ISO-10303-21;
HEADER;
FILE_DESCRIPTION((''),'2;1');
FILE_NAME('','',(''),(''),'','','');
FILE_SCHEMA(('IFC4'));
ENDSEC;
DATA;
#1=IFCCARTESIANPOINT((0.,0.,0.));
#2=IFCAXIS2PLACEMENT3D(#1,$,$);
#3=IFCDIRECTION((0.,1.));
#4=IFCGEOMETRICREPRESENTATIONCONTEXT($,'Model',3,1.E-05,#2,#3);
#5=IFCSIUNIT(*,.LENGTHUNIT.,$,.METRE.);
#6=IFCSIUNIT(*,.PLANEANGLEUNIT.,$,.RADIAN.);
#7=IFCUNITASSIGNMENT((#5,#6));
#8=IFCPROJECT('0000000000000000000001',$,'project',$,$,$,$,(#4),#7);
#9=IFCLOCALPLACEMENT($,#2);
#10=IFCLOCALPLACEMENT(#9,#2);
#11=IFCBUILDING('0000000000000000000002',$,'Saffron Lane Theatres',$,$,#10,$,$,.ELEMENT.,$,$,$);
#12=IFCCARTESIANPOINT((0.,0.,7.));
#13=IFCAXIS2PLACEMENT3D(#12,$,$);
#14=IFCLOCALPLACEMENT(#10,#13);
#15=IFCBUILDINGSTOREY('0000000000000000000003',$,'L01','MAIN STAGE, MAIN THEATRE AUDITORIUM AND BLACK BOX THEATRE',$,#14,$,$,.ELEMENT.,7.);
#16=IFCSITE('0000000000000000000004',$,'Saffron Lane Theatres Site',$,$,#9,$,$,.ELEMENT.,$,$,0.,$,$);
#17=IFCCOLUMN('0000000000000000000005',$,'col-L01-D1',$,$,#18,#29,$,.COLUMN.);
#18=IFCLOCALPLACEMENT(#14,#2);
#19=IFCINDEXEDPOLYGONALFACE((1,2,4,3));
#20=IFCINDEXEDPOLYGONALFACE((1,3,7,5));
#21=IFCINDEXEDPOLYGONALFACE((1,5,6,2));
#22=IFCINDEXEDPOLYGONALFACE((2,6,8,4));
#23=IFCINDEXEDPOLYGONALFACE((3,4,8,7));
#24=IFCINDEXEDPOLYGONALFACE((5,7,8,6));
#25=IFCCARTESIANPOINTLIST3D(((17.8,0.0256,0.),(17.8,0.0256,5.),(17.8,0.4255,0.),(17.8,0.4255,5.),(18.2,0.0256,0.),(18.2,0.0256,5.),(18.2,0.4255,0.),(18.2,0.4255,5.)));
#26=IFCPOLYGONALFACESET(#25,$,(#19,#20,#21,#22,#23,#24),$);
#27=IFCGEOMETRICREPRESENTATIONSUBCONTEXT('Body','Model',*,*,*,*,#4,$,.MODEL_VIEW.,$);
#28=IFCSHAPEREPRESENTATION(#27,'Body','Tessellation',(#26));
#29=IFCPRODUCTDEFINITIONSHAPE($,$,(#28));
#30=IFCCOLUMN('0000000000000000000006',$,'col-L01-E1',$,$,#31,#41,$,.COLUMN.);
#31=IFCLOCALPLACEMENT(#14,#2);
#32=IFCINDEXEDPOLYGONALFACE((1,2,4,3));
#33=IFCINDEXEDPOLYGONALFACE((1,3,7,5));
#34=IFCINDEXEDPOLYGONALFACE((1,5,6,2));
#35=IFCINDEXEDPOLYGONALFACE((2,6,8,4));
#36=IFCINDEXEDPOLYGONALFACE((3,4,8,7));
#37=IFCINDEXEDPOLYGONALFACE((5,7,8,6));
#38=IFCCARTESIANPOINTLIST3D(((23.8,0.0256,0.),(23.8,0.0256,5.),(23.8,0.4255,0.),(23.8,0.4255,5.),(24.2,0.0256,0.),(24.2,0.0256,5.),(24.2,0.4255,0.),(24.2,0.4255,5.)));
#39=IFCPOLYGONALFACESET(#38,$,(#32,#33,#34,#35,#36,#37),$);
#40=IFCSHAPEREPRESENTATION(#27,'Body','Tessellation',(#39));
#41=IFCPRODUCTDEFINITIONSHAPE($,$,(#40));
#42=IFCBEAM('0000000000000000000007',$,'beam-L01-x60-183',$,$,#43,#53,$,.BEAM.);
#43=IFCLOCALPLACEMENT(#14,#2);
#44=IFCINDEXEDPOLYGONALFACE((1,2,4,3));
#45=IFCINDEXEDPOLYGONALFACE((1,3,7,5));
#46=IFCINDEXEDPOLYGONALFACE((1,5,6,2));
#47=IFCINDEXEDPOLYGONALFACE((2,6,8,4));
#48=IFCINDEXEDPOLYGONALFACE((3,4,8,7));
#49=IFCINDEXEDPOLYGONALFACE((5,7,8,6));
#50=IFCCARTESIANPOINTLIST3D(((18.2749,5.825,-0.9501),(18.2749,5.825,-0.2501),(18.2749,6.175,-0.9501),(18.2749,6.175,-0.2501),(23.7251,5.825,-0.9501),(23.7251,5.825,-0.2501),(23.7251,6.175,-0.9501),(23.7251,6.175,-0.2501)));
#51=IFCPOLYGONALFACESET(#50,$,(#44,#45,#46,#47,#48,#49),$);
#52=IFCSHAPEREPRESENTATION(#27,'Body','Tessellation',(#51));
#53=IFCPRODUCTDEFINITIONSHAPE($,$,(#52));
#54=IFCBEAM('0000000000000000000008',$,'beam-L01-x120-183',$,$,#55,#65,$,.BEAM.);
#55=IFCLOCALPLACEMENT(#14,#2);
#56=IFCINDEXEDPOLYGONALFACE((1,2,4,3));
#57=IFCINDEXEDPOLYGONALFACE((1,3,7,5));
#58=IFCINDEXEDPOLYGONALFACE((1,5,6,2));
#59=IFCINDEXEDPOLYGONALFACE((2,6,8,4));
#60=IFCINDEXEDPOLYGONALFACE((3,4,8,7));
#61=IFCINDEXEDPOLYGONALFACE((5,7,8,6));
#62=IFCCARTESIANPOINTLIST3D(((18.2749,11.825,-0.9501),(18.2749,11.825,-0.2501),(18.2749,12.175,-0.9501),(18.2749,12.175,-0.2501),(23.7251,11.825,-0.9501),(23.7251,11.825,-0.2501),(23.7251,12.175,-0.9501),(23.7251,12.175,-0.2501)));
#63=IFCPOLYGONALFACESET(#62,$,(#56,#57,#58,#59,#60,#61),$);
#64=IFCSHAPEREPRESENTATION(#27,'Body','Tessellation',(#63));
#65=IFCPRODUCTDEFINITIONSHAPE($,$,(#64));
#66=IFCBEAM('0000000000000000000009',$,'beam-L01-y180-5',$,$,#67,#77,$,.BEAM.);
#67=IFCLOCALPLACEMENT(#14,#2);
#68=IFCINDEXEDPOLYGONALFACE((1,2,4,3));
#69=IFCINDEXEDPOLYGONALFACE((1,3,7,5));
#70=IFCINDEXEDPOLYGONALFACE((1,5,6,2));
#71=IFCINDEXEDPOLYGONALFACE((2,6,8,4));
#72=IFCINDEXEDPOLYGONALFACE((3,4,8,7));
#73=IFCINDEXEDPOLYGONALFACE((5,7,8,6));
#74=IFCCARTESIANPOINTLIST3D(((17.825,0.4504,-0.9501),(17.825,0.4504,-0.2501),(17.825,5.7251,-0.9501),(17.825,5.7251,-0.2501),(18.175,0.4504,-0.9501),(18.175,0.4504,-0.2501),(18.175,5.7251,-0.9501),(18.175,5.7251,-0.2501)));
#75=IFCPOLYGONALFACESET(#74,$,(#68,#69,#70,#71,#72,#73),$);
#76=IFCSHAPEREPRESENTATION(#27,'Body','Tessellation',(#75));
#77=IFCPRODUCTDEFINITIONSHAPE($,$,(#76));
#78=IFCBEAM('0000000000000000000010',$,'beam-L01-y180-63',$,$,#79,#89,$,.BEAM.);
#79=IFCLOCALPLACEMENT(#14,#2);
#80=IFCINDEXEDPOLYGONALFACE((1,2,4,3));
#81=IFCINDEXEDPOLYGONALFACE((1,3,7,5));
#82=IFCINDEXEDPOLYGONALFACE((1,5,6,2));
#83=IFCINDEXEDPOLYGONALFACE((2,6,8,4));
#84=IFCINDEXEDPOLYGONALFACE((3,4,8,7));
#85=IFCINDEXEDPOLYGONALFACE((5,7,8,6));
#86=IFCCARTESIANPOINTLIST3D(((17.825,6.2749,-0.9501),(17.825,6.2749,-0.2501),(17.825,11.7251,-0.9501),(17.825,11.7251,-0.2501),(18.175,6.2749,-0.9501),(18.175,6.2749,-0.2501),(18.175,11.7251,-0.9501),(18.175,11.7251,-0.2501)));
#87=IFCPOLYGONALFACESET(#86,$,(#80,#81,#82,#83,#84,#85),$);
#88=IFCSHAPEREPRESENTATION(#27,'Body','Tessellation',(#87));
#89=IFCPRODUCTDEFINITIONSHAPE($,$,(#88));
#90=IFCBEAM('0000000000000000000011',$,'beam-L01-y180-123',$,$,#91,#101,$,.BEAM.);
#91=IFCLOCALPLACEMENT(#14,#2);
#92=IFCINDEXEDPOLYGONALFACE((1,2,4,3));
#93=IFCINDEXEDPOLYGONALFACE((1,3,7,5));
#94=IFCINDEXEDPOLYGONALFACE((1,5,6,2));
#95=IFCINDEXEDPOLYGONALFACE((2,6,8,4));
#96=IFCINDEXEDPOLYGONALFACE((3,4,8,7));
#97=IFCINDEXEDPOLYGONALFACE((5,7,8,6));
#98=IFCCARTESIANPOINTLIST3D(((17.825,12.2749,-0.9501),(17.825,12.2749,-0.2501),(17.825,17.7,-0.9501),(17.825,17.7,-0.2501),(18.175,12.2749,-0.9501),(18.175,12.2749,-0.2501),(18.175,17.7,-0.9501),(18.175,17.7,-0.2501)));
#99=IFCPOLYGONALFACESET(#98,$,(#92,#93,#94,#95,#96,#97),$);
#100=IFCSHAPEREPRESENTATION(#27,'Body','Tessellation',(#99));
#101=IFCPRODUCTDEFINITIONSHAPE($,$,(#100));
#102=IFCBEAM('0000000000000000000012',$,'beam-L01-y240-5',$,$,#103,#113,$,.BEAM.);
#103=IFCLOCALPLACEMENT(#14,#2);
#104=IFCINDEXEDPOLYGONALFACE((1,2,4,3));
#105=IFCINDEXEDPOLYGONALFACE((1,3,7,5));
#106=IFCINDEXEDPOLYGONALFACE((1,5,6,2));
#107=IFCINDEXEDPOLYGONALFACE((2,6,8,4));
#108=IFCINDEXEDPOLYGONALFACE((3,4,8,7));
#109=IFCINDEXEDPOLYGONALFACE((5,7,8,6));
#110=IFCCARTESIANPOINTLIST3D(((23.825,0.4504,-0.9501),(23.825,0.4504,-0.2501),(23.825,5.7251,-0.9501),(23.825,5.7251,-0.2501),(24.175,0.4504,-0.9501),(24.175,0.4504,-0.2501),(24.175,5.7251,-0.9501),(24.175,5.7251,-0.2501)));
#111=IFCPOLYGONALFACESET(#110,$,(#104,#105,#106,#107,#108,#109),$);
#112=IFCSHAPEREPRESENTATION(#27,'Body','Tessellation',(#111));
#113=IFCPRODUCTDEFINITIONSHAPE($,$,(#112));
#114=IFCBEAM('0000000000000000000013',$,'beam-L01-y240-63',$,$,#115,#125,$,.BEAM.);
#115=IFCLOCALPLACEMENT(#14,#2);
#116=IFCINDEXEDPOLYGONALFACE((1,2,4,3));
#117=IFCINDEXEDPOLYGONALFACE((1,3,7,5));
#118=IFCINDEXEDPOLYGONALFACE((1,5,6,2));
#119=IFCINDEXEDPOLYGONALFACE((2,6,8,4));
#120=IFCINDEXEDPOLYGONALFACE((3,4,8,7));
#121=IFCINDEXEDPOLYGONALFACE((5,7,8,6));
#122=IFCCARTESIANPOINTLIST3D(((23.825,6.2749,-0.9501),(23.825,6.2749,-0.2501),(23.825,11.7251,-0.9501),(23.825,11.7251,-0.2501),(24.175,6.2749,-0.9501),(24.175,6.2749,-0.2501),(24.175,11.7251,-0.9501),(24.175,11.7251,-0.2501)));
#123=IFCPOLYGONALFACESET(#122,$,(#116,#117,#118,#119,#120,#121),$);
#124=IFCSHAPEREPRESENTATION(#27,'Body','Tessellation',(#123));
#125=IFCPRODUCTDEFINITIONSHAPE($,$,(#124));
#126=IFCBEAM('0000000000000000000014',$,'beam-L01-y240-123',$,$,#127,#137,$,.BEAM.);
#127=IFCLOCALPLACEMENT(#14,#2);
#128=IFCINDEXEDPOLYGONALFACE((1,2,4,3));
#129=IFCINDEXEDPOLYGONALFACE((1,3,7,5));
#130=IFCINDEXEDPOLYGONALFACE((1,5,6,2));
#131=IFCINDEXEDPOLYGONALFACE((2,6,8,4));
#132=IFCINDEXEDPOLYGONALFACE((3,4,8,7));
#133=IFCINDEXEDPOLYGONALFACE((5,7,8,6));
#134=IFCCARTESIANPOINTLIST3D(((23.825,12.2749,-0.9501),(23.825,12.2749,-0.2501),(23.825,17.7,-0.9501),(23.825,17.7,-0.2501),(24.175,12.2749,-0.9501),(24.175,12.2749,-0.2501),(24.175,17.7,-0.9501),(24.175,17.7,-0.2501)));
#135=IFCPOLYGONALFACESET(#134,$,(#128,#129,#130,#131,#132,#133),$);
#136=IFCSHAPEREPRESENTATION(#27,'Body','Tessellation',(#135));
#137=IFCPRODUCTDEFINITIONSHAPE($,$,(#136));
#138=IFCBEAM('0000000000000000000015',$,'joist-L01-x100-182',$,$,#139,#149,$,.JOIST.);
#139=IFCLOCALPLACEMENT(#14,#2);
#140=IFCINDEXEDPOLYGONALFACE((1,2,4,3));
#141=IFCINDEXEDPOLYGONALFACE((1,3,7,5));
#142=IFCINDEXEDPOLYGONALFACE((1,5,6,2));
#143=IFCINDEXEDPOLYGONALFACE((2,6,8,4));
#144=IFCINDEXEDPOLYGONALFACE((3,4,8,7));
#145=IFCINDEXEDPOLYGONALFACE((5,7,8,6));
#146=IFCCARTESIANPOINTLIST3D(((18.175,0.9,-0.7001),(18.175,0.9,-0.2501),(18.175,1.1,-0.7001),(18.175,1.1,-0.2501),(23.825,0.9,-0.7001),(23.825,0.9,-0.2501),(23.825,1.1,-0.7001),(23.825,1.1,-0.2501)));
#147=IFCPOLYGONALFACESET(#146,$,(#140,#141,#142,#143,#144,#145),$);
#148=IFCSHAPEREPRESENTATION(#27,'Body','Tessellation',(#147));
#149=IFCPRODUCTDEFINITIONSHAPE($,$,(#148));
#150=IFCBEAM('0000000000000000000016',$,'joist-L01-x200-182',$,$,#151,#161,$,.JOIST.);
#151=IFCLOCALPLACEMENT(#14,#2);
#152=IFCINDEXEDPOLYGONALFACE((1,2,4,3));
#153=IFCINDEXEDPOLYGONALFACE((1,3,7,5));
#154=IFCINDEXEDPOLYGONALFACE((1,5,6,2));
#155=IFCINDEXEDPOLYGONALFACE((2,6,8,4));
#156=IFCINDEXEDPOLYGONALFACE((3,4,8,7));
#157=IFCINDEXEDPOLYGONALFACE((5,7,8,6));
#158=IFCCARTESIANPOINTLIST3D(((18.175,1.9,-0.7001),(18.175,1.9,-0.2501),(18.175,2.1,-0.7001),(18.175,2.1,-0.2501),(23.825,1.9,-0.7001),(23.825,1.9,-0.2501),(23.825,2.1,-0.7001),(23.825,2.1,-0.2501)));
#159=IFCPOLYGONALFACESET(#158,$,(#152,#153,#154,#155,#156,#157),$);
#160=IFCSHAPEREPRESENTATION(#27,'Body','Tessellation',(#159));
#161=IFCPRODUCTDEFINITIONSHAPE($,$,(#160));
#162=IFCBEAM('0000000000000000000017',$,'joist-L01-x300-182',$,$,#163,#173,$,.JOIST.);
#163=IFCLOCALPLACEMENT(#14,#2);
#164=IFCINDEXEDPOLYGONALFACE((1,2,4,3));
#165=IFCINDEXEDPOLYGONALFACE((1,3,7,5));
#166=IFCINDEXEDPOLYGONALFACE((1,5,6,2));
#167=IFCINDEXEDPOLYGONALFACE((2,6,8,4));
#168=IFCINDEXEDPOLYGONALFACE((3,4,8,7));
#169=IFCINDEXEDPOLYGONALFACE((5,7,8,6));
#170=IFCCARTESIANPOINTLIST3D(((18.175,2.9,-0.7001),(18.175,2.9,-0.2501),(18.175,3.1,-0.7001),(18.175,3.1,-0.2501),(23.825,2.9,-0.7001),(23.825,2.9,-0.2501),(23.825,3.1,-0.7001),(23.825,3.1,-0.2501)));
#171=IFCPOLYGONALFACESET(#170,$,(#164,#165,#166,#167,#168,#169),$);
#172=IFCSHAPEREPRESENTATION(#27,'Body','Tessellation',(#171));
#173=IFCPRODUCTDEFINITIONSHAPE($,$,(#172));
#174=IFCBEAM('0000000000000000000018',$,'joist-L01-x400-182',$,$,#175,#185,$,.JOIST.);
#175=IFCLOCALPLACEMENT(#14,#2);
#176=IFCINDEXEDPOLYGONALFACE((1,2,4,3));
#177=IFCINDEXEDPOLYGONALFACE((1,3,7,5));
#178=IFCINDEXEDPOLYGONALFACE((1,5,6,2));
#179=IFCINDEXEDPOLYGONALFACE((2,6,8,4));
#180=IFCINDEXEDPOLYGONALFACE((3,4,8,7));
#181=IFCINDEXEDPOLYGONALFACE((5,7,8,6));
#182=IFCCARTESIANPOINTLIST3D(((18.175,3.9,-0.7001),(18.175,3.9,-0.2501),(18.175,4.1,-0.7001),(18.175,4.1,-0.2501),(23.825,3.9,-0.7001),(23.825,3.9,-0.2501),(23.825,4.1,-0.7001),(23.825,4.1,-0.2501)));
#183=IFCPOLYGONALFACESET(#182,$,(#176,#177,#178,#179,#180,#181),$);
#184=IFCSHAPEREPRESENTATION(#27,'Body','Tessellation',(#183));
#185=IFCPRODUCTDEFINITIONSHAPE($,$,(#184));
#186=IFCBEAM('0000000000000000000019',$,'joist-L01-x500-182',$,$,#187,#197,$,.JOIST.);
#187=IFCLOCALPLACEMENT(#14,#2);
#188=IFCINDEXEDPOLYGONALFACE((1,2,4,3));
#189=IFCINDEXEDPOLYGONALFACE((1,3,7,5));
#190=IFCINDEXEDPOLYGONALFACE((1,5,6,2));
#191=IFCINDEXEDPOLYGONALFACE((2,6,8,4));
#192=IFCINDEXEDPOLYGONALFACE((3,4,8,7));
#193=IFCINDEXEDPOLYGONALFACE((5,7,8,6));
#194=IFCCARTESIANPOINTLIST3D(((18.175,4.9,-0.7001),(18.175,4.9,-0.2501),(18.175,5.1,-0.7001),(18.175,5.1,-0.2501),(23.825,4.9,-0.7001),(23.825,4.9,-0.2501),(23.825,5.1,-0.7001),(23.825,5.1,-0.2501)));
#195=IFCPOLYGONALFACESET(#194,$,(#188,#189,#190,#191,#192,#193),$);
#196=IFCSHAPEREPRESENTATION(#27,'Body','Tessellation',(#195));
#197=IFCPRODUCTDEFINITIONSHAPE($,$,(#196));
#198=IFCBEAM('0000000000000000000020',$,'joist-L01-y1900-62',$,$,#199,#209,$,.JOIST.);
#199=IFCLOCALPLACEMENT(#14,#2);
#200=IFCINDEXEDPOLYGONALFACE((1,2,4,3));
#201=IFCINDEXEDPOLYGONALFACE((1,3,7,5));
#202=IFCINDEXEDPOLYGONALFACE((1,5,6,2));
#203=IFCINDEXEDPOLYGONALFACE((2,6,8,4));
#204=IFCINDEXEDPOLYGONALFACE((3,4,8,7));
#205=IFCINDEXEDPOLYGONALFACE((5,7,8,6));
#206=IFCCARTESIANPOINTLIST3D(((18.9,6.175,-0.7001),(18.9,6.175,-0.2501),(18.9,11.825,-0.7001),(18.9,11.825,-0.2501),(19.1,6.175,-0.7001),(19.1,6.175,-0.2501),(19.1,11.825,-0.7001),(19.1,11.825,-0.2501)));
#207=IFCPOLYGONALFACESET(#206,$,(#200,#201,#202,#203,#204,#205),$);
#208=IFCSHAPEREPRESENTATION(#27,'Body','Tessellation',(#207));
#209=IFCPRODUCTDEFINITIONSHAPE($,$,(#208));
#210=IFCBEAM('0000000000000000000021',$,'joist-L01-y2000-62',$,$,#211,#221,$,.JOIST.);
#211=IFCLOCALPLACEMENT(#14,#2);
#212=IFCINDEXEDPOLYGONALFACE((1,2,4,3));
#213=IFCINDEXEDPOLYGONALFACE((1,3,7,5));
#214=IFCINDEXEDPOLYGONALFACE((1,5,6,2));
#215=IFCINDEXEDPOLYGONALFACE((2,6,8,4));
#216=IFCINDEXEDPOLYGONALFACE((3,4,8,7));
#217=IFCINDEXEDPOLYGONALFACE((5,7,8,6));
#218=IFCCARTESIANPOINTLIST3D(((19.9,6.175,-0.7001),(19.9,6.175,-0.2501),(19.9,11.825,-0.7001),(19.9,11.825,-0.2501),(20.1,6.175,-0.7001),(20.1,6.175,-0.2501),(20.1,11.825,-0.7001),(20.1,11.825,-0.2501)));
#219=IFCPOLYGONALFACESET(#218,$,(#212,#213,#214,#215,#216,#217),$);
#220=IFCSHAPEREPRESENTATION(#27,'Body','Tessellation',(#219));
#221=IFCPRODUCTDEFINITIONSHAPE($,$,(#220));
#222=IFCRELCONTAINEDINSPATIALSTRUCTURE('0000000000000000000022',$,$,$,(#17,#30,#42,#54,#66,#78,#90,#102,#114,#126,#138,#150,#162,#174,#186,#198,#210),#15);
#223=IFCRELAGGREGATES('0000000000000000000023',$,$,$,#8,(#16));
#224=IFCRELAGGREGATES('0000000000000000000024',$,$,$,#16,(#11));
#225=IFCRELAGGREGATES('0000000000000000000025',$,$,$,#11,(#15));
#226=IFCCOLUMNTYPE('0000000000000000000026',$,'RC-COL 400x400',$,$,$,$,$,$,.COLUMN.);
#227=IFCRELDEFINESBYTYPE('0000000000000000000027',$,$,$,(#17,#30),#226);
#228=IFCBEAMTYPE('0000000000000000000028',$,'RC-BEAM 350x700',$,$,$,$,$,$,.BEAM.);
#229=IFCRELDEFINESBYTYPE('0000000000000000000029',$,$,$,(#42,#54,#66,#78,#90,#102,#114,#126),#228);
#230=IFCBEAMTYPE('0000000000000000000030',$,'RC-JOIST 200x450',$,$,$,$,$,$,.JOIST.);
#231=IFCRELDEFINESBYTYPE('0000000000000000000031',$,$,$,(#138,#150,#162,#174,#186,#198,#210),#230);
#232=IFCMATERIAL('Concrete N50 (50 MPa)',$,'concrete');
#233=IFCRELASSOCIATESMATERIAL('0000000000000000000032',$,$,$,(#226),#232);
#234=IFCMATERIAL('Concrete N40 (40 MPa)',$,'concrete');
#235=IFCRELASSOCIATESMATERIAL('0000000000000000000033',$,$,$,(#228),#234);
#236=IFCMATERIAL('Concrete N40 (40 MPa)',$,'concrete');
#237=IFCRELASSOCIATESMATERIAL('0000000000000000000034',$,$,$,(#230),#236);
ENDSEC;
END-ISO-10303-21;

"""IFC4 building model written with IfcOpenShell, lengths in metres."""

from ifc_helpers import new_model, si_unit, direction, frame, origin, origin_2d, place, context, subcontext, project, spatial, rectangle, extrude, material, material_profile, profile_set, type_object, element, save


model = new_model("IFC4")

# Units and contexts
model_context = context("Model", 3, precision=1e-05, world=origin(), true_north=direction((0.0, 1.0)))
body_context = subcontext(model_context, "Body", "Model", "MODEL_VIEW")
ifc_project = project(units=[si_unit("LENGTHUNIT", "METRE"), si_unit("PLANEANGLEUNIT", "RADIAN")], contexts=[model_context])

# Site, building, storey
site_placement = place(None, origin())
site = spatial("IfcSite", under=ifc_project, at=site_placement, Name="Saffron Lane Theatres Site", CompositionType="ELEMENT", RefElevation=0.0)
building_placement = place(site_placement, origin())
building = spatial("IfcBuilding", under=site, at=building_placement, Name="Saffron Lane Theatres", CompositionType="ELEMENT")
storey_placement = place(building_placement, frame((0.0, 0.0, 7.0)))
storey = spatial("IfcBuildingStorey", under=building, at=storey_placement, Name="L01", Description="MAIN STAGE, MAIN THEATRE AUDITORIUM AND BLACK BOX THEATRE", CompositionType="ELEMENT", Elevation=7.0)

# Columns
ifc_material_1 = material(Name="Concrete N50 (50 MPa)", Category="concrete")
ifc_material_profile_1 = material_profile(ifc_material_1, rectangle(XDim=0.3999, YDim=0.3999, at=origin_2d()))
ifc_profile_set_1 = profile_set([ifc_material_profile_1], Name="Concrete N50 (50 MPa)")
column_type = type_object("IfcColumnType", Name="RC-COL 400x400", PredefinedType="COLUMN", material=ifc_profile_set_1)
for number, where, z_axis, x_axis, name in (
    (1, (18.0, 0.2256, 0.0), (0.0, 0.0, 1.0), (1.0, 0.0, 0.0), "col-L01-D1"),
    (2, (24.0, 0.2256, 0.0), (0.0, 0.0, 1.0), (1.0, 0.0, 0.0), "col-L01-E1"),
):
    element("IfcColumn", number, at=place(storey_placement, frame(where, z_axis=z_axis, x_axis=x_axis)), inside=storey, type_object=column_type, Name=name, PredefinedType="COLUMN", context=body_context, shape_type="SweptSolid", body=[
        extrude(rectangle(XDim=0.3999, YDim=0.3999, at=origin_2d()), origin(), (0.0, 0.0, 1.0), 5.0),
    ])

# Beams
ifc_material_2 = material(Name="Concrete N40 (40 MPa)", Category="concrete")
ifc_material_profile_2 = material_profile(ifc_material_2, rectangle(XDim=0.3501, YDim=0.7, at=origin_2d()))
ifc_profile_set_2 = profile_set([ifc_material_profile_2], Name="Concrete N40 (40 MPa)")
beam_type_1 = type_object("IfcBeamType", Name="RC-BEAM 350x700", PredefinedType="BEAM", material=ifc_profile_set_2)
for number, where, z_axis, x_axis, name in (
    (3, (18.2749, 6.0, -0.6001), (1.0, 0.0, 0.0), (0.0, 1.0, 0.0), "beam-L01-x60-183"),
    (4, (18.2749, 12.0, -0.6001), (1.0, 0.0, 0.0), (0.0, 1.0, 0.0), "beam-L01-x120-183"),
):
    element("IfcBeam", number, at=place(storey_placement, frame(where, z_axis=z_axis, x_axis=x_axis)), inside=storey, type_object=beam_type_1, Name=name, PredefinedType="BEAM", context=body_context, shape_type="SweptSolid", body=[
        extrude(rectangle(XDim=0.3501, YDim=0.7, at=origin_2d()), origin(), (0.0, 0.0, 1.0), 5.4502),
    ])
beam_1_placement = place(storey_placement, frame((18.0, 0.4504, -0.6001), z_axis=(0.0, 1.0, 0.0), x_axis=(-1.0, 0.0, 0.0)))
element("IfcBeam", 5, at=beam_1_placement, inside=storey, type_object=beam_type_1, Name="beam-L01-y180-5", PredefinedType="BEAM", context=body_context, shape_type="SweptSolid", body=[
    extrude(rectangle(XDim=0.3501, YDim=0.7, at=origin_2d()), origin(), (0.0, 0.0, 1.0), 5.2747),
])
beam_2_placement = place(storey_placement, frame((18.0, 6.2749, -0.6001), z_axis=(0.0, 1.0, 0.0), x_axis=(-1.0, 0.0, 0.0)))
element("IfcBeam", 6, at=beam_2_placement, inside=storey, type_object=beam_type_1, Name="beam-L01-y180-63", PredefinedType="BEAM", context=body_context, shape_type="SweptSolid", body=[
    extrude(rectangle(XDim=0.3501, YDim=0.7, at=origin_2d()), origin(), (0.0, 0.0, 1.0), 5.4502),
])
beam_3_placement = place(storey_placement, frame((18.0, 12.2749, -0.6001), z_axis=(0.0, 1.0, 0.0), x_axis=(-1.0, 0.0, 0.0)))
element("IfcBeam", 7, at=beam_3_placement, inside=storey, type_object=beam_type_1, Name="beam-L01-y180-123", PredefinedType="BEAM", context=body_context, shape_type="SweptSolid", body=[
    extrude(rectangle(XDim=0.3501, YDim=0.7, at=origin_2d()), origin(), (0.0, 0.0, 1.0), 5.425),
])
beam_4_placement = place(storey_placement, frame((24.0, 0.4504, -0.6001), z_axis=(0.0, 1.0, 0.0), x_axis=(-1.0, 0.0, 0.0)))
element("IfcBeam", 8, at=beam_4_placement, inside=storey, type_object=beam_type_1, Name="beam-L01-y240-5", PredefinedType="BEAM", context=body_context, shape_type="SweptSolid", body=[
    extrude(rectangle(XDim=0.3501, YDim=0.7, at=origin_2d()), origin(), (0.0, 0.0, 1.0), 5.2747),
])
beam_5_placement = place(storey_placement, frame((24.0, 6.2749, -0.6001), z_axis=(0.0, 1.0, 0.0), x_axis=(-1.0, 0.0, 0.0)))
element("IfcBeam", 9, at=beam_5_placement, inside=storey, type_object=beam_type_1, Name="beam-L01-y240-63", PredefinedType="BEAM", context=body_context, shape_type="SweptSolid", body=[
    extrude(rectangle(XDim=0.3501, YDim=0.7, at=origin_2d()), origin(), (0.0, 0.0, 1.0), 5.4502),
])
beam_6_placement = place(storey_placement, frame((24.0, 12.2749, -0.6001), z_axis=(0.0, 1.0, 0.0), x_axis=(-1.0, 0.0, 0.0)))
element("IfcBeam", 10, at=beam_6_placement, inside=storey, type_object=beam_type_1, Name="beam-L01-y240-123", PredefinedType="BEAM", context=body_context, shape_type="SweptSolid", body=[
    extrude(rectangle(XDim=0.3501, YDim=0.7, at=origin_2d()), origin(), (0.0, 0.0, 1.0), 5.425),
])
ifc_material_3 = material(Name="Concrete N40 (40 MPa)", Category="concrete")
ifc_material_profile_3 = material_profile(ifc_material_3, rectangle(XDim=0.2, YDim=0.45, at=origin_2d()))
ifc_profile_set_3 = profile_set([ifc_material_profile_3], Name="Concrete N40 (40 MPa)")
beam_type_2 = type_object("IfcBeamType", Name="RC-JOIST 200x450", PredefinedType="JOIST", material=ifc_profile_set_3)
for number, where, z_axis, x_axis, name in (
    (11, (18.175, 1.0, -0.4751), (1.0, 0.0, 0.0), (0.0, 1.0, 0.0), "joist-L01-x100-182"),
    (12, (18.175, 2.0, -0.4751), (1.0, 0.0, 0.0), (0.0, 1.0, 0.0), "joist-L01-x200-182"),
    (13, (18.175, 3.0, -0.4751), (1.0, 0.0, 0.0), (0.0, 1.0, 0.0), "joist-L01-x300-182"),
    (14, (18.175, 4.0, -0.4751), (1.0, 0.0, 0.0), (0.0, 1.0, 0.0), "joist-L01-x400-182"),
    (15, (18.175, 5.0, -0.4751), (1.0, 0.0, 0.0), (0.0, 1.0, 0.0), "joist-L01-x500-182"),
    (16, (19.0, 6.175, -0.4751), (0.0, 1.0, 0.0), (-1.0, 0.0, 0.0), "joist-L01-y1900-62"),
    (17, (20.0, 6.175, -0.4751), (0.0, 1.0, 0.0), (-1.0, 0.0, 0.0), "joist-L01-y2000-62"),
):
    element("IfcBeam", number, at=place(storey_placement, frame(where, z_axis=z_axis, x_axis=x_axis)), inside=storey, type_object=beam_type_2, Name=name, PredefinedType="JOIST", context=body_context, shape_type="SweptSolid", body=[
        extrude(rectangle(XDim=0.2, YDim=0.45, at=origin_2d()), origin(), (0.0, 0.0, 1.0), 5.6499),
    ])

save(model, "model.ifc")
